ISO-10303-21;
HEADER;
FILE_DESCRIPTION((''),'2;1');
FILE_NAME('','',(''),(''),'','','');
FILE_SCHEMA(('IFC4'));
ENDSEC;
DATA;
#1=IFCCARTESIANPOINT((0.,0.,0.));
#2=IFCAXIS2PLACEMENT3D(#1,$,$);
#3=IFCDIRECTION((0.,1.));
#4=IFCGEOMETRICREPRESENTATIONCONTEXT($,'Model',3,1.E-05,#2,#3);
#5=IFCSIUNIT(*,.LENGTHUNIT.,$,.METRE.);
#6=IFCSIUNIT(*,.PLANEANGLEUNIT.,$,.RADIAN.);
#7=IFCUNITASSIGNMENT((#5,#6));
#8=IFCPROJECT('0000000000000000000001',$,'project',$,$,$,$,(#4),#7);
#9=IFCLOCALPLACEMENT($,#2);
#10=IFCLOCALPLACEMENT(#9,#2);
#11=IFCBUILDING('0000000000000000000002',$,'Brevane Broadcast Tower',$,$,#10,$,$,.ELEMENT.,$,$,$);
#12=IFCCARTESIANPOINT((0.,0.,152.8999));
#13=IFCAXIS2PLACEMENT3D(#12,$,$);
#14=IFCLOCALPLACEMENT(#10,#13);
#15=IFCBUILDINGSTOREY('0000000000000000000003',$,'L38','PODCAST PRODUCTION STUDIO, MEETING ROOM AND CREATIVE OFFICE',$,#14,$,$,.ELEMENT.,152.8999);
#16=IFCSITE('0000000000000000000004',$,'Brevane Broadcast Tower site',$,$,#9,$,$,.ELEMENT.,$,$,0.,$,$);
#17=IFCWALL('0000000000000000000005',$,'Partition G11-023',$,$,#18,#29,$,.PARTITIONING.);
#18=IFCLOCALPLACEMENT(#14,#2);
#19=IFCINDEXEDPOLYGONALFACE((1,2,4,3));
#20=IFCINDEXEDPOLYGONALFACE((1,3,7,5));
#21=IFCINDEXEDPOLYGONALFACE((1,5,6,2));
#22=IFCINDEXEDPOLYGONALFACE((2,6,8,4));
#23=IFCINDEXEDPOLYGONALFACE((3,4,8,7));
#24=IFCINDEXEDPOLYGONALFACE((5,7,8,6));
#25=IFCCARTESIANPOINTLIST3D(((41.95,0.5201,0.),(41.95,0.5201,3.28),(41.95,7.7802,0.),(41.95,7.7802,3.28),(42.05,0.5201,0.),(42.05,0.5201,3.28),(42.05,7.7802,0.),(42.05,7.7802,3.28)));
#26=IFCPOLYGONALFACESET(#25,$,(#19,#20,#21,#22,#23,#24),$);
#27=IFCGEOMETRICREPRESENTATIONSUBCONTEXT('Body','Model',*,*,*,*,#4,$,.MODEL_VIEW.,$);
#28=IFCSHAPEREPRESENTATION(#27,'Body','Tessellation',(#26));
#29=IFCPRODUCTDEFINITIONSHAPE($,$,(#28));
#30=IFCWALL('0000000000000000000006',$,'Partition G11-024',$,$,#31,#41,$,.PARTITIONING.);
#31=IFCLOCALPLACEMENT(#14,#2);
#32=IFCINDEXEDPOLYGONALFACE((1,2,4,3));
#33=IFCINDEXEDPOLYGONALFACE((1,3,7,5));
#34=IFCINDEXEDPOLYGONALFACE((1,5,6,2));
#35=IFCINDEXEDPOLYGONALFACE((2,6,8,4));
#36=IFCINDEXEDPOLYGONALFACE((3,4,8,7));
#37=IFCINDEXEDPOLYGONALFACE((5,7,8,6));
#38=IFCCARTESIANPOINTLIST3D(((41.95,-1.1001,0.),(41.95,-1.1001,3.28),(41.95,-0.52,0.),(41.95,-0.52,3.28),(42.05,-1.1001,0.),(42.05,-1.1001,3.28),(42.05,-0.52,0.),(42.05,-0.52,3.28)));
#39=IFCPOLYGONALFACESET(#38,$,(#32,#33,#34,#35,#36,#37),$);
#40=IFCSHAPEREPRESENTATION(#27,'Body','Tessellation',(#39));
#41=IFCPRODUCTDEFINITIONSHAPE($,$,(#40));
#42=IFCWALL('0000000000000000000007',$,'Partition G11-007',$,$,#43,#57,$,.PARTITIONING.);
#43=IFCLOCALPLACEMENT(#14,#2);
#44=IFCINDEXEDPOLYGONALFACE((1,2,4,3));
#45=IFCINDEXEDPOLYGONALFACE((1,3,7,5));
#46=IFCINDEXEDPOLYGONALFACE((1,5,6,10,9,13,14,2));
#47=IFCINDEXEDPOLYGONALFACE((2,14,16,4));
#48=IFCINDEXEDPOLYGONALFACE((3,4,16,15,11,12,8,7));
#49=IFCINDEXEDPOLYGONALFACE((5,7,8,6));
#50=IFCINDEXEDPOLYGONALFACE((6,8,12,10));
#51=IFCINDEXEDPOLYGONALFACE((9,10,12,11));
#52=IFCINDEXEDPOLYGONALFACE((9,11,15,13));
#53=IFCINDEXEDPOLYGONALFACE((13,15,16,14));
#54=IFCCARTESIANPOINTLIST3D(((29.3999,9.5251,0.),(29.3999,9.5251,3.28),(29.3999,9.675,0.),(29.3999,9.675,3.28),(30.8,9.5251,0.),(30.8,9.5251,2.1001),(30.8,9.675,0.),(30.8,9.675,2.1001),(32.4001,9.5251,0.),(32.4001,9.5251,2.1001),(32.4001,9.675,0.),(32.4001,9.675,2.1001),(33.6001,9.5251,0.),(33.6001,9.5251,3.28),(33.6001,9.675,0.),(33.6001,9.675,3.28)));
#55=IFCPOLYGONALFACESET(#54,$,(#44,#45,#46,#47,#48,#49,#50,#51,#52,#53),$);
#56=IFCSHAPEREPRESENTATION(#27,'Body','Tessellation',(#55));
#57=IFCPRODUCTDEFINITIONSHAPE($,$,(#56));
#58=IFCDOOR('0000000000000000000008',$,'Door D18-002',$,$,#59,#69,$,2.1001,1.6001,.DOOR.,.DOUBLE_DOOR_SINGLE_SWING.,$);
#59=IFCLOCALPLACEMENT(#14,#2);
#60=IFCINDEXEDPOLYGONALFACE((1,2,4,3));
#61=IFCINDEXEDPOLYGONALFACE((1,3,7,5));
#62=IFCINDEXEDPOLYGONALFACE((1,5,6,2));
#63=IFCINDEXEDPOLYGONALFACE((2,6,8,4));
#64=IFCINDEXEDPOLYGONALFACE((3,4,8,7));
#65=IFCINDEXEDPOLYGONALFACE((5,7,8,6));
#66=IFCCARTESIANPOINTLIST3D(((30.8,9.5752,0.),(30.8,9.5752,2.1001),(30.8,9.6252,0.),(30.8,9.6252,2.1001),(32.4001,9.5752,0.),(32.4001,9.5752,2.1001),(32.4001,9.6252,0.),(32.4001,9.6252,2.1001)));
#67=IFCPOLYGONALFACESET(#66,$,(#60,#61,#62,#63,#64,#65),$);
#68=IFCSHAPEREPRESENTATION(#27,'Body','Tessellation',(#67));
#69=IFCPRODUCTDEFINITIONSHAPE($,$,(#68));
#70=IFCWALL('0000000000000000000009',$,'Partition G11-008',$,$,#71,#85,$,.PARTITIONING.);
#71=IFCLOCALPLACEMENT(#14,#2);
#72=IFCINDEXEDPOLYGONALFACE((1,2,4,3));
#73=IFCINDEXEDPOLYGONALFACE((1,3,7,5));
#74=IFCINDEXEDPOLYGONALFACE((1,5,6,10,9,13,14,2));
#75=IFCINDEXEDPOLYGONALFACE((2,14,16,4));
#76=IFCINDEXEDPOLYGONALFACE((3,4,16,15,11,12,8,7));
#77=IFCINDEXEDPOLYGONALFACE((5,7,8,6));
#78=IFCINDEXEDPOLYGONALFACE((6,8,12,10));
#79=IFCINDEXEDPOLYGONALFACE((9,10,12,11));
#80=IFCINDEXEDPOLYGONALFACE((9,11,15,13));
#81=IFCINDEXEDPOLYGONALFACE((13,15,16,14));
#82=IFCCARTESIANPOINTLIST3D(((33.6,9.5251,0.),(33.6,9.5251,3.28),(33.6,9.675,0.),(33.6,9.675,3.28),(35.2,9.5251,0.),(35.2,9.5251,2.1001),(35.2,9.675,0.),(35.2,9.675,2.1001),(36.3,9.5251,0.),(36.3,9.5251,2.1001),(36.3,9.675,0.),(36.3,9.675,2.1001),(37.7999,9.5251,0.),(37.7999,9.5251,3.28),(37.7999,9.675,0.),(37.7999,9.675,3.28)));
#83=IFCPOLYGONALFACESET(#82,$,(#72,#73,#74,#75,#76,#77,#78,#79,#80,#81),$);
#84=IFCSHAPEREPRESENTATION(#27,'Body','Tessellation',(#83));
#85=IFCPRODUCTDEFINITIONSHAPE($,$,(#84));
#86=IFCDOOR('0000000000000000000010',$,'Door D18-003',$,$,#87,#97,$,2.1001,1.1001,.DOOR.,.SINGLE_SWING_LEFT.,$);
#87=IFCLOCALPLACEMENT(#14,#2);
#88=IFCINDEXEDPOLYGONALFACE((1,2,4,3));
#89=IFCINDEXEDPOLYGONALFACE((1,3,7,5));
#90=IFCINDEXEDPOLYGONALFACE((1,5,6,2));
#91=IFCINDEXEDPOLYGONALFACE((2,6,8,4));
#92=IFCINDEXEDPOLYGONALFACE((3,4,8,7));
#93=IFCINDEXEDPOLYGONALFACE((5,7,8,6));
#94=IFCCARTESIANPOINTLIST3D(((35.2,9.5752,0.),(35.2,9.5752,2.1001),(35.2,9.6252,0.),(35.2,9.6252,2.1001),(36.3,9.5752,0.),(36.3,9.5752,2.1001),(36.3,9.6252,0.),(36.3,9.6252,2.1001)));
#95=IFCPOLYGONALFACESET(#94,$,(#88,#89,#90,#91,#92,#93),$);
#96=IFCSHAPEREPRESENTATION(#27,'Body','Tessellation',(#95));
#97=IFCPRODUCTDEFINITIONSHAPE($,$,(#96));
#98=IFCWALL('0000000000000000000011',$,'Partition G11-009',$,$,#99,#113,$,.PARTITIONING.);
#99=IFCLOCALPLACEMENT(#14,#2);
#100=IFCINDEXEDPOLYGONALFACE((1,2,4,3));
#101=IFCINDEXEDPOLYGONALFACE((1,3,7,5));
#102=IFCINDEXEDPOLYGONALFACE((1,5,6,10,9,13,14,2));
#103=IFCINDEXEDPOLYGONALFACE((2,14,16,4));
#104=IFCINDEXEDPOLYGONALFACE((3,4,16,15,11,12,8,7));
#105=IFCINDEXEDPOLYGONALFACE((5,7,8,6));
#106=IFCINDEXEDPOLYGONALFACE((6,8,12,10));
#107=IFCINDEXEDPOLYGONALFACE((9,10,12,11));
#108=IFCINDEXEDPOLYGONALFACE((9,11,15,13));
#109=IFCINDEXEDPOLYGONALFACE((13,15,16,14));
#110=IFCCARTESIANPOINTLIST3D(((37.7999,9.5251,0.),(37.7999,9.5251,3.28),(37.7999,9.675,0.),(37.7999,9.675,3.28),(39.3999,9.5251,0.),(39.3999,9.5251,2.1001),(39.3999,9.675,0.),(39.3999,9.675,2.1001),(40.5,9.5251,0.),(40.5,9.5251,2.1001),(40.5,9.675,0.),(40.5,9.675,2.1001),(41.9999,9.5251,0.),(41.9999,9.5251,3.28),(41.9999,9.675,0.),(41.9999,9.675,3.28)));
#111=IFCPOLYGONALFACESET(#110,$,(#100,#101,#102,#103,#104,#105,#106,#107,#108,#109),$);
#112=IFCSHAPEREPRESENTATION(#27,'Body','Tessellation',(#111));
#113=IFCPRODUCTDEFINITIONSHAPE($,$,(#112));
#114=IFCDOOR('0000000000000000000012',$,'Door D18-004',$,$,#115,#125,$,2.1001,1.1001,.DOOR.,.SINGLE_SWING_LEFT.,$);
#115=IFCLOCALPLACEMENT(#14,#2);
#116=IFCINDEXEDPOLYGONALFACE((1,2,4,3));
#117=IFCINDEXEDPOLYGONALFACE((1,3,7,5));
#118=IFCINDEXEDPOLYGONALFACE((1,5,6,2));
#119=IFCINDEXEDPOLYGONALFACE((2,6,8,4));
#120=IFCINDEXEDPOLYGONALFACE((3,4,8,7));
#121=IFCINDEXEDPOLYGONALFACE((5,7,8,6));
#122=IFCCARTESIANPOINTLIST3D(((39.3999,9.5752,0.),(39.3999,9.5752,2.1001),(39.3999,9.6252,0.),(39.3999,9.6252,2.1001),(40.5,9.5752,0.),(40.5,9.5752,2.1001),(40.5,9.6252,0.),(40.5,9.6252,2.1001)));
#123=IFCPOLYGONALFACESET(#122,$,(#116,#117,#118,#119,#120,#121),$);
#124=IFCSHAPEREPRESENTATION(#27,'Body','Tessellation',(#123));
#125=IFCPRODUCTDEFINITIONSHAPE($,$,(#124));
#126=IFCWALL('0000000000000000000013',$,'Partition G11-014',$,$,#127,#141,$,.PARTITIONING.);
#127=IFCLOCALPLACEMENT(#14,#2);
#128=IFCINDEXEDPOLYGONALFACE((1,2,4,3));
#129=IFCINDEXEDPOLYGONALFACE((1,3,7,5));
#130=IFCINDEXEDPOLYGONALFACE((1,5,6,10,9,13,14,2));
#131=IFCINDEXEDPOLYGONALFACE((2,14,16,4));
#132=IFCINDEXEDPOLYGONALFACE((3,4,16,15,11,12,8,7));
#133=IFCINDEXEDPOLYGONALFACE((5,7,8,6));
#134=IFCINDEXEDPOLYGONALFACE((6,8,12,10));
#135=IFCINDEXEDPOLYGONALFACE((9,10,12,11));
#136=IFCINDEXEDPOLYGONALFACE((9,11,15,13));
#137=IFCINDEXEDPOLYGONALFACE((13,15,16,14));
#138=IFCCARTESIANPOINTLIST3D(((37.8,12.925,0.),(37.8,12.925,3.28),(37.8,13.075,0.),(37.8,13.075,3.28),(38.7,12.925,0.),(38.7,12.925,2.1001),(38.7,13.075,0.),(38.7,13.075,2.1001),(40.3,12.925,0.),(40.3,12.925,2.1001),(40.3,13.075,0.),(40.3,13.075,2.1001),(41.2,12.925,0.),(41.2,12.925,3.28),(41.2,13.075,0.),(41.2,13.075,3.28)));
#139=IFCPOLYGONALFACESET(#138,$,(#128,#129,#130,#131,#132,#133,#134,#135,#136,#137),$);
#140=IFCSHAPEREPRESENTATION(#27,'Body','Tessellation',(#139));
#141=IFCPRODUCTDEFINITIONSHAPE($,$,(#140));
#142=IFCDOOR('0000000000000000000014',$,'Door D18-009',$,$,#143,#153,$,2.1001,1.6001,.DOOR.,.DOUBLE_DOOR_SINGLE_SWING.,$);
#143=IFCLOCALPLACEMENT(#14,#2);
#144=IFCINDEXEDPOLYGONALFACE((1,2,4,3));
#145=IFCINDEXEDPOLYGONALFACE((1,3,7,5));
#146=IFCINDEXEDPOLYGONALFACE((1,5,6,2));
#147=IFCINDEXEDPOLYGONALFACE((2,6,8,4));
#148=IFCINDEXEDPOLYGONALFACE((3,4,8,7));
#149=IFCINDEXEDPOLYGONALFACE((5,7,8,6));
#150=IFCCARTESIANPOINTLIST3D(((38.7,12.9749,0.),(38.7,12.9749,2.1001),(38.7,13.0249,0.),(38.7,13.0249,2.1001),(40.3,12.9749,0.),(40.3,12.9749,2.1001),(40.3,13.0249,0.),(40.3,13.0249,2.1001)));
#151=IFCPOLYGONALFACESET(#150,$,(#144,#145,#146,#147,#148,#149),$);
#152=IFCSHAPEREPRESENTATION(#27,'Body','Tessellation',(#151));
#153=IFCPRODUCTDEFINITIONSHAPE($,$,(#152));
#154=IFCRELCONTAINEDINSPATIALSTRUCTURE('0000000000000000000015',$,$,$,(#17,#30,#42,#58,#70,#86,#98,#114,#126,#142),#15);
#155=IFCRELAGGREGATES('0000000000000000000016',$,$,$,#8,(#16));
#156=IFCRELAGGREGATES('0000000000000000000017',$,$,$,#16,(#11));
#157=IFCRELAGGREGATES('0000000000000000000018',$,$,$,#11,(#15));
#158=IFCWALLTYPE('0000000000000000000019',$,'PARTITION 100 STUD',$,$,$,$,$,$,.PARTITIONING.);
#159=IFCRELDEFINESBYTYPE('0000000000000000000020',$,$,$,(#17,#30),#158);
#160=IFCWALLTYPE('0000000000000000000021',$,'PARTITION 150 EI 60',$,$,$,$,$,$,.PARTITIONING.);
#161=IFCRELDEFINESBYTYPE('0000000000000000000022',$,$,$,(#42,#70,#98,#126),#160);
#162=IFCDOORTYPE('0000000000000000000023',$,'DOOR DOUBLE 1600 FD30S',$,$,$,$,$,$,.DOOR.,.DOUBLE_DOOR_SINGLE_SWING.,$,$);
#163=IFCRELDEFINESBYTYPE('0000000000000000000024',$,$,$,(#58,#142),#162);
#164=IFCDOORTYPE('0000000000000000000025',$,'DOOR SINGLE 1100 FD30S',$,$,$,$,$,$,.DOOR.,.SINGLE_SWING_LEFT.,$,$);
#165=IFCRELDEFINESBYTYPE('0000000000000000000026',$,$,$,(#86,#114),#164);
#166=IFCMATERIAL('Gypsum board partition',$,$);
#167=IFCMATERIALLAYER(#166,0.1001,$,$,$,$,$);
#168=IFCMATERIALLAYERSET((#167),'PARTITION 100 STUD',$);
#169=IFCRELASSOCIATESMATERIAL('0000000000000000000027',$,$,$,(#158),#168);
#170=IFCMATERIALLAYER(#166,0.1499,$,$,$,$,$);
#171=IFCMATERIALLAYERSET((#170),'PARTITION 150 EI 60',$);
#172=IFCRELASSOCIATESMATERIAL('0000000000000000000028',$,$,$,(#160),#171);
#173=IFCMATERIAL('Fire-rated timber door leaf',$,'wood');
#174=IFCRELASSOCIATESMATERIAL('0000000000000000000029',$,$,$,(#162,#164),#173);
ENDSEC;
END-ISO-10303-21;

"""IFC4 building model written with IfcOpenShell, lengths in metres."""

from ifc_helpers import new_model, si_unit, direction, frame, frame_2d, origin, place, context, subcontext, project, spatial, rectangle, extrude, material, layer, layer_set, type_object, element, fill, save


model = new_model("IFC4")

# Units and contexts
model_context = context("Model", 3, precision=1e-05, world=origin(), true_north=direction((0.0, 1.0)))
body_context = subcontext(model_context, "Body", "Model", "MODEL_VIEW")
ifc_project = project(units=[si_unit("LENGTHUNIT", "METRE"), si_unit("PLANEANGLEUNIT", "RADIAN")], contexts=[model_context])

# Site, building, storey
site_placement = place(None, origin())
site = spatial("IfcSite", under=ifc_project, at=site_placement, Name="Brevane Broadcast Tower site", CompositionType="ELEMENT", RefElevation=0.0)
building_placement = place(site_placement, origin())
building = spatial("IfcBuilding", under=site, at=building_placement, Name="Brevane Broadcast Tower", CompositionType="ELEMENT")
storey_placement = place(building_placement, frame((0.0, 0.0, 152.8999)))
storey = spatial("IfcBuildingStorey", under=building, at=storey_placement, Name="L38", Description="PODCAST PRODUCTION STUDIO, MEETING ROOM AND CREATIVE OFFICE", CompositionType="ELEMENT", Elevation=152.8999)

# Walls
ifc_material_1 = material(Name="Gypsum board partition")
ifc_layer_1 = layer(ifc_material_1, 0.1001)
ifc_layer_set_1 = layer_set([ifc_layer_1], Name="PARTITION 100 STUD")
wall_type_1 = type_object("IfcWallType", Name="PARTITION 100 STUD", PredefinedType="PARTITIONING", material=ifc_layer_set_1)
wall_1_placement = place(storey_placement, frame((42.0, 7.78, 0.0), z_axis=(0.0, 0.0, 1.0), x_axis=(0.0, -1.0, 0.0)))
element("IfcWall", 1, at=wall_1_placement, inside=storey, type_object=wall_type_1, Name="Partition G11-023", PredefinedType="PARTITIONING", context=body_context, shape_type="SweptSolid", body=[
    extrude(rectangle(XDim=7.26, YDim=0.1001, at=frame_2d((3.6299, 0.0))), origin(), (0.0, 0.0, 1.0), 3.28),
])
wall_2_placement = place(storey_placement, frame((42.0, -0.52, 0.0), z_axis=(0.0, 0.0, 1.0), x_axis=(0.0, -1.0, 0.0)))
element("IfcWall", 2, at=wall_2_placement, inside=storey, type_object=wall_type_1, Name="Partition G11-024", PredefinedType="PARTITIONING", context=body_context, shape_type="SweptSolid", body=[
    extrude(rectangle(XDim=0.5801, YDim=0.1001, at=frame_2d((0.29, 0.0))), origin(), (0.0, 0.0, 1.0), 3.28),
])

# Walls, openings, doors
ifc_layer_2 = layer(ifc_material_1, 0.1499)
ifc_layer_set_2 = layer_set([ifc_layer_2], Name="PARTITION 150 EI 60")
wall_type_2 = type_object("IfcWallType", Name="PARTITION 150 EI 60", PredefinedType="PARTITIONING", material=ifc_layer_set_2)
wall_3_placement = place(storey_placement, frame((33.6001, 9.6001, 0.0), z_axis=(0.0, 0.0, 1.0), x_axis=(-1.0, 0.0, 0.0)))
wall_3 = element("IfcWall", 3, at=wall_3_placement, inside=storey, type_object=wall_type_2, Name="Partition G11-007", PredefinedType="PARTITIONING", context=body_context, shape_type="SweptSolid", body=[
    extrude(rectangle(XDim=4.2002, YDim=0.1499, at=frame_2d((2.1001, 0.0))), origin(), (0.0, 0.0, 1.0), 3.28),
])
opening_1_placement = place(wall_3_placement, frame((1.2, 0.0, 0.0)))
opening_1 = element("IfcOpeningElement", 4, at=opening_1_placement, cuts=wall_3, PredefinedType="OPENING", context=body_context, shape_type="SweptSolid", body=[
    extrude(rectangle(XDim=1.6001, YDim=2.1001, at=frame_2d((0.8, 1.05))), frame((0.0, 0.085, 0.0), z_axis=(0.0, -1.0, 0.0), x_axis=(1.0, 0.0, 0.0)), (0.0, 0.0, 1.0), 0.1699),
])
ifc_material_2 = material(Name="Fire-rated timber door leaf", Category="wood")
door_type_1 = type_object("IfcDoorType", Name="DOOR DOUBLE 1600 FD30S", OperationType="DOUBLE_DOOR_SINGLE_SWING", PredefinedType="DOOR", material=ifc_material_2)
door_1_placement = place(opening_1_placement, origin())
door_1 = element("IfcDoor", 5, at=door_1_placement, inside=storey, type_object=door_type_1, Name="Door D18-002", OperationType="DOUBLE_DOOR_SINGLE_SWING", OverallHeight=2.1001, OverallWidth=1.6001, PredefinedType="DOOR", context=body_context, shape_type="SweptSolid", body=[
    extrude(rectangle(XDim=1.6001, YDim=2.1001, at=frame_2d((0.8, 1.05))), frame((0.0, 0.0249, 0.0), z_axis=(0.0, -1.0, 0.0), x_axis=(1.0, 0.0, 0.0)), (0.0, 0.0, 1.0), 0.05),
])
fill(opening_1, door_1)
wall_4_placement = place(storey_placement, frame((37.8, 9.6001, 0.0), z_axis=(0.0, 0.0, 1.0), x_axis=(-1.0, 0.0, 0.0)))
wall_4 = element("IfcWall", 6, at=wall_4_placement, inside=storey, type_object=wall_type_2, Name="Partition G11-008", PredefinedType="PARTITIONING", context=body_context, shape_type="SweptSolid", body=[
    extrude(rectangle(XDim=4.2, YDim=0.1499, at=frame_2d((2.1001, 0.0))), origin(), (0.0, 0.0, 1.0), 3.28),
])
opening_2_placement = place(wall_4_placement, frame((1.5, 0.0, 0.0)))
opening_2 = element("IfcOpeningElement", 7, at=opening_2_placement, cuts=wall_4, PredefinedType="OPENING", context=body_context, shape_type="SweptSolid", body=[
    extrude(rectangle(XDim=1.1001, YDim=2.1001, at=frame_2d((0.55, 1.05))), frame((0.0, 0.085, 0.0), z_axis=(0.0, -1.0, 0.0), x_axis=(1.0, 0.0, 0.0)), (0.0, 0.0, 1.0), 0.1699),
])
door_type_2 = type_object("IfcDoorType", Name="DOOR SINGLE 1100 FD30S", OperationType="SINGLE_SWING_LEFT", PredefinedType="DOOR", material=ifc_material_2)
door_2_placement = place(opening_2_placement, origin())
door_2 = element("IfcDoor", 8, at=door_2_placement, inside=storey, type_object=door_type_2, Name="Door D18-003", OperationType="SINGLE_SWING_LEFT", OverallHeight=2.1001, OverallWidth=1.1001, PredefinedType="DOOR", context=body_context, shape_type="SweptSolid", body=[
    extrude(rectangle(XDim=1.1001, YDim=2.1001, at=frame_2d((0.55, 1.05))), frame((0.0, 0.0249, 0.0), z_axis=(0.0, -1.0, 0.0), x_axis=(1.0, 0.0, 0.0)), (0.0, 0.0, 1.0), 0.05),
])
fill(opening_2, door_2)
wall_5_placement = place(storey_placement, frame((42.0, 9.6001, 0.0), z_axis=(0.0, 0.0, 1.0), x_axis=(-1.0, 0.0, 0.0)))
wall_5 = element("IfcWall", 9, at=wall_5_placement, inside=storey, type_object=wall_type_2, Name="Partition G11-009", PredefinedType="PARTITIONING", context=body_context, shape_type="SweptSolid", body=[
    extrude(rectangle(XDim=4.2, YDim=0.1499, at=frame_2d((2.1001, 0.0))), origin(), (0.0, 0.0, 1.0), 3.28),
])
opening_3_placement = place(wall_5_placement, frame((1.5, 0.0, 0.0)))
opening_3 = element("IfcOpeningElement", 10, at=opening_3_placement, cuts=wall_5, PredefinedType="OPENING", context=body_context, shape_type="SweptSolid", body=[
    extrude(rectangle(XDim=1.1001, YDim=2.1001, at=frame_2d((0.55, 1.05))), frame((0.0, 0.085, 0.0), z_axis=(0.0, -1.0, 0.0), x_axis=(1.0, 0.0, 0.0)), (0.0, 0.0, 1.0), 0.1699),
])
door_3_placement = place(opening_3_placement, origin())
door_3 = element("IfcDoor", 11, at=door_3_placement, inside=storey, type_object=door_type_2, Name="Door D18-004", OperationType="SINGLE_SWING_LEFT", OverallHeight=2.1001, OverallWidth=1.1001, PredefinedType="DOOR", context=body_context, shape_type="SweptSolid", body=[
    extrude(rectangle(XDim=1.1001, YDim=2.1001, at=frame_2d((0.55, 1.05))), frame((0.0, 0.0249, 0.0), z_axis=(0.0, -1.0, 0.0), x_axis=(1.0, 0.0, 0.0)), (0.0, 0.0, 1.0), 0.05),
])
fill(opening_3, door_3)
wall_6_placement = place(storey_placement, frame((37.8, 13.0, 0.0), z_axis=(0.0, 0.0, 1.0), x_axis=(1.0, 0.0, 0.0)))
wall_6 = element("IfcWall", 12, at=wall_6_placement, inside=storey, type_object=wall_type_2, Name="Partition G11-014", PredefinedType="PARTITIONING", context=body_context, shape_type="SweptSolid", body=[
    extrude(rectangle(XDim=3.3999, YDim=0.1499, at=frame_2d((1.7, 0.0))), origin(), (0.0, 0.0, 1.0), 3.28),
])
opening_4_placement = place(wall_6_placement, frame((0.8999, 0.0, 0.0)))
opening_4 = element("IfcOpeningElement", 13, at=opening_4_placement, cuts=wall_6, PredefinedType="OPENING", context=body_context, shape_type="SweptSolid", body=[
    extrude(rectangle(XDim=1.6001, YDim=2.1001, at=frame_2d((0.8, 1.05))), frame((0.0, 0.085, 0.0), z_axis=(0.0, -1.0, 0.0), x_axis=(1.0, 0.0, 0.0)), (0.0, 0.0, 1.0), 0.1699),
])
door_4_placement = place(opening_4_placement, origin())
door_4 = element("IfcDoor", 14, at=door_4_placement, inside=storey, type_object=door_type_1, Name="Door D18-009", OperationType="DOUBLE_DOOR_SINGLE_SWING", OverallHeight=2.1001, OverallWidth=1.6001, PredefinedType="DOOR", context=body_context, shape_type="SweptSolid", body=[
    extrude(rectangle(XDim=1.6001, YDim=2.1001, at=frame_2d((0.8, 1.05))), frame((0.0, 0.0249, 0.0), z_axis=(0.0, -1.0, 0.0), x_axis=(1.0, 0.0, 0.0)), (0.0, 0.0, 1.0), 0.05),
])
fill(opening_4, door_4)

save(model, "model.ifc")
